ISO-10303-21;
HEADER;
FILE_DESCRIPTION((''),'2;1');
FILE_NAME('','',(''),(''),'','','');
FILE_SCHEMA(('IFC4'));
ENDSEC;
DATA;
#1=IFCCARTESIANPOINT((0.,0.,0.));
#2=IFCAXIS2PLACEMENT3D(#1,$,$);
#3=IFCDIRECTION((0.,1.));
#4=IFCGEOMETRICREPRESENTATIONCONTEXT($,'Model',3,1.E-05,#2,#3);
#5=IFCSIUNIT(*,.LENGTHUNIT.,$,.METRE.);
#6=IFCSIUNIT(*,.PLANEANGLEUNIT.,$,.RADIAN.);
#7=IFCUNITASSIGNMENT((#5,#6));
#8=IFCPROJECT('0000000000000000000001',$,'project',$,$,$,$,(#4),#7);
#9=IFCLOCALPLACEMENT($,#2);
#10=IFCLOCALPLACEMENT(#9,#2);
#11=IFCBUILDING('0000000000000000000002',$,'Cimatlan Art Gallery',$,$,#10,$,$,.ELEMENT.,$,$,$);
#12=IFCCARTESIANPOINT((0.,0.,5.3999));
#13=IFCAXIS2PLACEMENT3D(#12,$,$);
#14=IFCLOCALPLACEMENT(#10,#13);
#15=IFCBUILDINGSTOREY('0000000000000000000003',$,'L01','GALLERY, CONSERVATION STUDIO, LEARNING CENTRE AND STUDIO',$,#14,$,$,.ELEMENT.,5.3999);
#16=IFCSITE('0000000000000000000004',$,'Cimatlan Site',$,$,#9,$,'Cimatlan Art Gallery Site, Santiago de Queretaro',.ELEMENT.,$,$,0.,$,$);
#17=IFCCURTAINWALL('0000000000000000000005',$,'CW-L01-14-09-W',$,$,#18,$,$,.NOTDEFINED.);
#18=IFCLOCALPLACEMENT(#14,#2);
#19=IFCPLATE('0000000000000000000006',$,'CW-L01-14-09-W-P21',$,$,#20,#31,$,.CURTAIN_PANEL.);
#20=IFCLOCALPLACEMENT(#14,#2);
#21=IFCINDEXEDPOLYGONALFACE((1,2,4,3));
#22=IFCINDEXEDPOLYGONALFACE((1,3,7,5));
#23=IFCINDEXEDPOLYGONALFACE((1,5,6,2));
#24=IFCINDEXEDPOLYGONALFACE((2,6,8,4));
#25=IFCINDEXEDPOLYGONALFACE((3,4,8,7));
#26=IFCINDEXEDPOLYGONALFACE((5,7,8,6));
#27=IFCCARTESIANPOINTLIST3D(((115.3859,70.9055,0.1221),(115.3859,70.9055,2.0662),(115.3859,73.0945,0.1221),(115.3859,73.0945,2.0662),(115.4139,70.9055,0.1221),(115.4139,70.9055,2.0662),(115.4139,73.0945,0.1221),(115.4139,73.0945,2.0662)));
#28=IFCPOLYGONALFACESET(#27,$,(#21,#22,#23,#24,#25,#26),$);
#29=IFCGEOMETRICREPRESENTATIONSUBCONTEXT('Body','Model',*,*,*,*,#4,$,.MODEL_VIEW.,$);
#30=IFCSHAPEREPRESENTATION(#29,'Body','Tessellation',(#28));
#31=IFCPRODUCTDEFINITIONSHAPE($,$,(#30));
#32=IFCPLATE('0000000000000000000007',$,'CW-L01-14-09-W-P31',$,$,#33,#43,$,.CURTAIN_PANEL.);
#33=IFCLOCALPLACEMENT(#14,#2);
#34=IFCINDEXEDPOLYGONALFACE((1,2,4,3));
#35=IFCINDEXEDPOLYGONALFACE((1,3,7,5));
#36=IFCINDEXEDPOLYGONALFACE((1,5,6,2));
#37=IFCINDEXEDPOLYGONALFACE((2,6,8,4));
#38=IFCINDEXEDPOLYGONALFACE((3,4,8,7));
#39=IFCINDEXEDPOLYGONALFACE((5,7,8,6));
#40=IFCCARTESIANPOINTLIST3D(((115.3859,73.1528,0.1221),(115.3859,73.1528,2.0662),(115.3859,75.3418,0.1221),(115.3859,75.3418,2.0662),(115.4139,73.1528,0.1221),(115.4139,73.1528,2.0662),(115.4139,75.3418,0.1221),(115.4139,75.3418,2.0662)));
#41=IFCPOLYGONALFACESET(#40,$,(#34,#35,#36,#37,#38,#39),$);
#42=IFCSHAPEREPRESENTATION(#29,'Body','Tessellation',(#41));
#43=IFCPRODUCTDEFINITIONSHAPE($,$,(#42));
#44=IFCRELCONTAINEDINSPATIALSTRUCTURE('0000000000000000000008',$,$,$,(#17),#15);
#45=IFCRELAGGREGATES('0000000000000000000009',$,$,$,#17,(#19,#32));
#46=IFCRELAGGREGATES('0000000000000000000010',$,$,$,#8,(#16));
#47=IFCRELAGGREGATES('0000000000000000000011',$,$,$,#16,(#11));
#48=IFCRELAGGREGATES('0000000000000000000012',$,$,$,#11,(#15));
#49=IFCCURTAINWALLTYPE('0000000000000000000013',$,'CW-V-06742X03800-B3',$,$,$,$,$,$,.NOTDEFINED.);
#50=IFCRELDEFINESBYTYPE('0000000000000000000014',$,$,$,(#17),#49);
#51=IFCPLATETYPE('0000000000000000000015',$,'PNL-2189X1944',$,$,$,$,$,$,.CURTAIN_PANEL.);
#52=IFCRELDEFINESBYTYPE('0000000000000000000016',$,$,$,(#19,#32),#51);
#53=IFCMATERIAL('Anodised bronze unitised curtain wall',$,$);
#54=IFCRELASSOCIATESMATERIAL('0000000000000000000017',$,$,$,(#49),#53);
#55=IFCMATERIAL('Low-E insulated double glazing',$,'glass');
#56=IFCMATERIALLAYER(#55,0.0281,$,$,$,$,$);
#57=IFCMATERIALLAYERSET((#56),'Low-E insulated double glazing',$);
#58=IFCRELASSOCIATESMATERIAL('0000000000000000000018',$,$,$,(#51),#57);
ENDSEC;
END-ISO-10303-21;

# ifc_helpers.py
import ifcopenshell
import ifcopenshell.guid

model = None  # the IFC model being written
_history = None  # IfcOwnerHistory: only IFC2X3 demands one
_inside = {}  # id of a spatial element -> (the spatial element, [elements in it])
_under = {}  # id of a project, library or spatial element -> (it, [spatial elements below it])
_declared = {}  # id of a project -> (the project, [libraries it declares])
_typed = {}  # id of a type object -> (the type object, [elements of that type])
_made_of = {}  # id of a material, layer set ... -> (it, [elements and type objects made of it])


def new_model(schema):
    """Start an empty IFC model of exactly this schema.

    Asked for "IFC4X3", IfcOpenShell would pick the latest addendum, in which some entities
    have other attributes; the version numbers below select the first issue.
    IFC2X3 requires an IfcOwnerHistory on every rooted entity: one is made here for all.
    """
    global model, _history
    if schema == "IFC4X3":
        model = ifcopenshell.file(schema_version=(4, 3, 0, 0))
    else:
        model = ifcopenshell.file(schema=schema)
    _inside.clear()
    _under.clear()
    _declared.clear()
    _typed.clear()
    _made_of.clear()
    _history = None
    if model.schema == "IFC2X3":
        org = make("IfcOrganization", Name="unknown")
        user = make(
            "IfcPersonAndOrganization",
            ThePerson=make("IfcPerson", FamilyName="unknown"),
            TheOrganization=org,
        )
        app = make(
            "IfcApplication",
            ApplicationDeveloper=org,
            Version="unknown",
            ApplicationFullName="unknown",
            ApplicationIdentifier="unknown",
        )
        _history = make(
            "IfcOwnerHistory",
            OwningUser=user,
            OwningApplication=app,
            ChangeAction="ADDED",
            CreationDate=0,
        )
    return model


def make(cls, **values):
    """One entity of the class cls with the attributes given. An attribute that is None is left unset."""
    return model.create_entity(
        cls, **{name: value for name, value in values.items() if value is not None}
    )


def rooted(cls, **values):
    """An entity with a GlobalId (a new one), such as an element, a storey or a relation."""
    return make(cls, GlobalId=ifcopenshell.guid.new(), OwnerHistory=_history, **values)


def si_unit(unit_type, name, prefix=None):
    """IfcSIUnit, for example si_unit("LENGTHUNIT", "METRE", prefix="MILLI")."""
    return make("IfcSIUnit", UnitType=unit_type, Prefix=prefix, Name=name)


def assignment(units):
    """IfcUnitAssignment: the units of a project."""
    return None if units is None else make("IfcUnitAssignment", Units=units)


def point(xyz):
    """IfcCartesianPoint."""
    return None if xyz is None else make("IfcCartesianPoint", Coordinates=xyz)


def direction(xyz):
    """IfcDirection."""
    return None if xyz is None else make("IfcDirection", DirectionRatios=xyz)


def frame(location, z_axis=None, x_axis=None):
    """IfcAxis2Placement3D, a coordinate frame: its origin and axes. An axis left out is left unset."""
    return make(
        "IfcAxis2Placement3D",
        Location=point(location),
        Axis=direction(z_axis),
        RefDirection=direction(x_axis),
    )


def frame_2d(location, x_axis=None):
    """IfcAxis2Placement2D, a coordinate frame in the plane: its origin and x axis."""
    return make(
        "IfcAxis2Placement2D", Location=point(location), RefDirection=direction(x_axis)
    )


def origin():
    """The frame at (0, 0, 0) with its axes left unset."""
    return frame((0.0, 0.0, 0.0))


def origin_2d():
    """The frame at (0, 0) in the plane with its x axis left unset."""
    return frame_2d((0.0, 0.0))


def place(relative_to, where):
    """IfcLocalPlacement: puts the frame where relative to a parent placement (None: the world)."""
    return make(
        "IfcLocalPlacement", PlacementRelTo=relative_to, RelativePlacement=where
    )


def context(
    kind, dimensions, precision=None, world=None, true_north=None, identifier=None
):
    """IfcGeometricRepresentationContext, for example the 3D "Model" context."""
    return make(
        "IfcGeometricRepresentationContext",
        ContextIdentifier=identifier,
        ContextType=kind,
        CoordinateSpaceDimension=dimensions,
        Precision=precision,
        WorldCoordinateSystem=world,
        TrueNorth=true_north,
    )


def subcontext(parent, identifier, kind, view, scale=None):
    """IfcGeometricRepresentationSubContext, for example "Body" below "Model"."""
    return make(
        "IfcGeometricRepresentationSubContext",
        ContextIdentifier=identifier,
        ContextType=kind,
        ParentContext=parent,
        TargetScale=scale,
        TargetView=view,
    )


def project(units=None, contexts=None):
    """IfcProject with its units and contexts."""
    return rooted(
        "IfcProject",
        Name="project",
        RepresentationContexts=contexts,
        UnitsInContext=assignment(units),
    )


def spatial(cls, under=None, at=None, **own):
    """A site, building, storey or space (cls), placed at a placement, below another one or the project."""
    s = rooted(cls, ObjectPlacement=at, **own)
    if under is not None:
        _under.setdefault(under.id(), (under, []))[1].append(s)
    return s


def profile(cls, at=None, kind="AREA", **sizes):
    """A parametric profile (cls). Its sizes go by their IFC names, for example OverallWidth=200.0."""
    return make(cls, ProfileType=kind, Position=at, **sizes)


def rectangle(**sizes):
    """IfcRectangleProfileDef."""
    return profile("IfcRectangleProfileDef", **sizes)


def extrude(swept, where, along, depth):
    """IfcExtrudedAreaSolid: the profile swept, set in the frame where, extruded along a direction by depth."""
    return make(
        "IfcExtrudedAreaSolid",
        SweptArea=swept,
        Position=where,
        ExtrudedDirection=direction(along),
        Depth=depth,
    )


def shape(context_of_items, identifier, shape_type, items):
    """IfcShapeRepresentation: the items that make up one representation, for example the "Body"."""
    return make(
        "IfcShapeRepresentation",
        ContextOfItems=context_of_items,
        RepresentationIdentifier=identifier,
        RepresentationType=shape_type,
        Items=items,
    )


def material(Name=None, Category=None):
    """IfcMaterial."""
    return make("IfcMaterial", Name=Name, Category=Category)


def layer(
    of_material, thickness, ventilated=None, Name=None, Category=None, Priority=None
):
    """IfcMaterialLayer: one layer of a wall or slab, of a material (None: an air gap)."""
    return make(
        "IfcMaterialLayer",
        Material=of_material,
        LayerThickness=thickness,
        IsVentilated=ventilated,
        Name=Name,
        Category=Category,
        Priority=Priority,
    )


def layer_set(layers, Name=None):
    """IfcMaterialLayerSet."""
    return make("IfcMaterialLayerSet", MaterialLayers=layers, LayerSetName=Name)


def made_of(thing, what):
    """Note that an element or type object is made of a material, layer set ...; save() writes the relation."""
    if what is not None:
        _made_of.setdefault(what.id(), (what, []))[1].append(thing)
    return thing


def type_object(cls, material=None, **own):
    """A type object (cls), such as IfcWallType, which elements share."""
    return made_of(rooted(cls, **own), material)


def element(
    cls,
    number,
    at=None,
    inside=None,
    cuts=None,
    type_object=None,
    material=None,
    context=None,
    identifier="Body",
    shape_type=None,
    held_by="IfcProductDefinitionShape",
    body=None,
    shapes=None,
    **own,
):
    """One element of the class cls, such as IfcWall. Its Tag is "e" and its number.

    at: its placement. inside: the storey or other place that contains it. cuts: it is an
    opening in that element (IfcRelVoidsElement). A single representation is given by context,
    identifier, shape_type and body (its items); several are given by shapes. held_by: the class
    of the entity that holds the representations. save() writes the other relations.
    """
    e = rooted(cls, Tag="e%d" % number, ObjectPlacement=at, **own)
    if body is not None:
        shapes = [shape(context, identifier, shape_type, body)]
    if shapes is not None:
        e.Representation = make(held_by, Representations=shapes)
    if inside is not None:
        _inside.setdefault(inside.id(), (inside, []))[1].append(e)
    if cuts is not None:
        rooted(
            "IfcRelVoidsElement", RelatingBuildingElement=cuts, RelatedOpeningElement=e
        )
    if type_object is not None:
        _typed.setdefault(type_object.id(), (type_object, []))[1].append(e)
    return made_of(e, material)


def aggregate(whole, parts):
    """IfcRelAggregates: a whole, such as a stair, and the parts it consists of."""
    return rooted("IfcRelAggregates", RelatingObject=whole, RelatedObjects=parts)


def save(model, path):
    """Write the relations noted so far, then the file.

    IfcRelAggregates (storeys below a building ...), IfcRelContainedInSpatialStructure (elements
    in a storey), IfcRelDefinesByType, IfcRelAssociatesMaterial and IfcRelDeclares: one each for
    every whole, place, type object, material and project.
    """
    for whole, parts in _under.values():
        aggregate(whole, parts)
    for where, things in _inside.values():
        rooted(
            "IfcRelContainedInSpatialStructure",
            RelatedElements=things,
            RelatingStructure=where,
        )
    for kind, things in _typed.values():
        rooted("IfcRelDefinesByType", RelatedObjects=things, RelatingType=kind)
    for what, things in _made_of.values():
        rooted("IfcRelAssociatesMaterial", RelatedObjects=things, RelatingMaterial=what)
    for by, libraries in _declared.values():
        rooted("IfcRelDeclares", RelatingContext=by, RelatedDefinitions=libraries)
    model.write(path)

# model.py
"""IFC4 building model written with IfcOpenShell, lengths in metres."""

from ifc_helpers import new_model, si_unit, direction, frame, origin, origin_2d, place, context, subcontext, project, spatial, rectangle, extrude, material, layer, layer_set, type_object, element, aggregate, save


model = new_model("IFC4")

# Units and contexts
model_context = context("Model", 3, precision=1e-05, world=origin(), true_north=direction((0.0, 1.0)))
body_context = subcontext(model_context, "Body", "Model", "MODEL_VIEW")
ifc_project = project(units=[si_unit("LENGTHUNIT", "METRE"), si_unit("PLANEANGLEUNIT", "RADIAN")], contexts=[model_context])

# Site, building, storey
site_placement = place(None, origin())
site = spatial("IfcSite", under=ifc_project, at=site_placement, Name="Cimatlan Site", LongName="Cimatlan Art Gallery Site, Santiago de Queretaro", CompositionType="ELEMENT", RefElevation=0.0)
building_placement = place(site_placement, origin())
building = spatial("IfcBuilding", under=site, at=building_placement, Name="Cimatlan Art Gallery", CompositionType="ELEMENT")
storey_placement = place(building_placement, frame((0.0, 0.0, 5.3999)))
storey = spatial("IfcBuildingStorey", under=building, at=storey_placement, Name="L01", Description="GALLERY, CONSERVATION STUDIO, LEARNING CENTRE AND STUDIO", CompositionType="ELEMENT", Elevation=5.3999)

# Shared definitions
ifc_material_1 = material(Name="Anodised bronze unitised curtain wall")

# Curtain wall
curtain_wall_type_1 = type_object("IfcCurtainWallType", Name="CW-V-06742X03800-B3", PredefinedType="NOTDEFINED", material=ifc_material_1)
curtain_wall_1_placement = place(storey_placement, origin())
curtain_wall_1 = element("IfcCurtainWall", 1, at=curtain_wall_1_placement, inside=storey, type_object=curtain_wall_type_1, Name="CW-L01-14-09-W", PredefinedType="NOTDEFINED")

# Plates
ifc_material_2 = material(Name="Low-E insulated double glazing", Category="glass")
ifc_layer_1 = layer(ifc_material_2, 0.0281)
ifc_layer_set_1 = layer_set([ifc_layer_1], Name="Low-E insulated double glazing")
plate_type_1 = type_object("IfcPlateType", Name="PNL-2189X1944", PredefinedType="CURTAIN_PANEL", material=ifc_layer_set_1)
plate_1_placement = place(storey_placement, frame((115.3999, 72.0, 0.1221), z_axis=(0.0, 0.0, 1.0), x_axis=(0.0, 1.0, 0.0)))
plate_1 = element("IfcPlate", 2, at=plate_1_placement, type_object=plate_type_1, Name="CW-L01-14-09-W-P21", PredefinedType="CURTAIN_PANEL", context=body_context, shape_type="SweptSolid", body=[
    extrude(rectangle(XDim=2.189, YDim=0.0281, at=origin_2d()), origin(), (0.0, 0.0, 1.0), 1.9441),
])
plate_2_placement = place(storey_placement, frame((115.3999, 74.2473, 0.1221), z_axis=(0.0, 0.0, 1.0), x_axis=(0.0, 1.0, 0.0)))
plate_2 = element("IfcPlate", 3, at=plate_2_placement, type_object=plate_type_1, Name="CW-L01-14-09-W-P31", PredefinedType="CURTAIN_PANEL", context=body_context, shape_type="SweptSolid", body=[
    extrude(rectangle(XDim=2.189, YDim=0.0281, at=origin_2d()), origin(), (0.0, 0.0, 1.0), 1.9441),
])
aggregate(curtain_wall_1, [plate_1, plate_2])

save(model, "model.ifc")
